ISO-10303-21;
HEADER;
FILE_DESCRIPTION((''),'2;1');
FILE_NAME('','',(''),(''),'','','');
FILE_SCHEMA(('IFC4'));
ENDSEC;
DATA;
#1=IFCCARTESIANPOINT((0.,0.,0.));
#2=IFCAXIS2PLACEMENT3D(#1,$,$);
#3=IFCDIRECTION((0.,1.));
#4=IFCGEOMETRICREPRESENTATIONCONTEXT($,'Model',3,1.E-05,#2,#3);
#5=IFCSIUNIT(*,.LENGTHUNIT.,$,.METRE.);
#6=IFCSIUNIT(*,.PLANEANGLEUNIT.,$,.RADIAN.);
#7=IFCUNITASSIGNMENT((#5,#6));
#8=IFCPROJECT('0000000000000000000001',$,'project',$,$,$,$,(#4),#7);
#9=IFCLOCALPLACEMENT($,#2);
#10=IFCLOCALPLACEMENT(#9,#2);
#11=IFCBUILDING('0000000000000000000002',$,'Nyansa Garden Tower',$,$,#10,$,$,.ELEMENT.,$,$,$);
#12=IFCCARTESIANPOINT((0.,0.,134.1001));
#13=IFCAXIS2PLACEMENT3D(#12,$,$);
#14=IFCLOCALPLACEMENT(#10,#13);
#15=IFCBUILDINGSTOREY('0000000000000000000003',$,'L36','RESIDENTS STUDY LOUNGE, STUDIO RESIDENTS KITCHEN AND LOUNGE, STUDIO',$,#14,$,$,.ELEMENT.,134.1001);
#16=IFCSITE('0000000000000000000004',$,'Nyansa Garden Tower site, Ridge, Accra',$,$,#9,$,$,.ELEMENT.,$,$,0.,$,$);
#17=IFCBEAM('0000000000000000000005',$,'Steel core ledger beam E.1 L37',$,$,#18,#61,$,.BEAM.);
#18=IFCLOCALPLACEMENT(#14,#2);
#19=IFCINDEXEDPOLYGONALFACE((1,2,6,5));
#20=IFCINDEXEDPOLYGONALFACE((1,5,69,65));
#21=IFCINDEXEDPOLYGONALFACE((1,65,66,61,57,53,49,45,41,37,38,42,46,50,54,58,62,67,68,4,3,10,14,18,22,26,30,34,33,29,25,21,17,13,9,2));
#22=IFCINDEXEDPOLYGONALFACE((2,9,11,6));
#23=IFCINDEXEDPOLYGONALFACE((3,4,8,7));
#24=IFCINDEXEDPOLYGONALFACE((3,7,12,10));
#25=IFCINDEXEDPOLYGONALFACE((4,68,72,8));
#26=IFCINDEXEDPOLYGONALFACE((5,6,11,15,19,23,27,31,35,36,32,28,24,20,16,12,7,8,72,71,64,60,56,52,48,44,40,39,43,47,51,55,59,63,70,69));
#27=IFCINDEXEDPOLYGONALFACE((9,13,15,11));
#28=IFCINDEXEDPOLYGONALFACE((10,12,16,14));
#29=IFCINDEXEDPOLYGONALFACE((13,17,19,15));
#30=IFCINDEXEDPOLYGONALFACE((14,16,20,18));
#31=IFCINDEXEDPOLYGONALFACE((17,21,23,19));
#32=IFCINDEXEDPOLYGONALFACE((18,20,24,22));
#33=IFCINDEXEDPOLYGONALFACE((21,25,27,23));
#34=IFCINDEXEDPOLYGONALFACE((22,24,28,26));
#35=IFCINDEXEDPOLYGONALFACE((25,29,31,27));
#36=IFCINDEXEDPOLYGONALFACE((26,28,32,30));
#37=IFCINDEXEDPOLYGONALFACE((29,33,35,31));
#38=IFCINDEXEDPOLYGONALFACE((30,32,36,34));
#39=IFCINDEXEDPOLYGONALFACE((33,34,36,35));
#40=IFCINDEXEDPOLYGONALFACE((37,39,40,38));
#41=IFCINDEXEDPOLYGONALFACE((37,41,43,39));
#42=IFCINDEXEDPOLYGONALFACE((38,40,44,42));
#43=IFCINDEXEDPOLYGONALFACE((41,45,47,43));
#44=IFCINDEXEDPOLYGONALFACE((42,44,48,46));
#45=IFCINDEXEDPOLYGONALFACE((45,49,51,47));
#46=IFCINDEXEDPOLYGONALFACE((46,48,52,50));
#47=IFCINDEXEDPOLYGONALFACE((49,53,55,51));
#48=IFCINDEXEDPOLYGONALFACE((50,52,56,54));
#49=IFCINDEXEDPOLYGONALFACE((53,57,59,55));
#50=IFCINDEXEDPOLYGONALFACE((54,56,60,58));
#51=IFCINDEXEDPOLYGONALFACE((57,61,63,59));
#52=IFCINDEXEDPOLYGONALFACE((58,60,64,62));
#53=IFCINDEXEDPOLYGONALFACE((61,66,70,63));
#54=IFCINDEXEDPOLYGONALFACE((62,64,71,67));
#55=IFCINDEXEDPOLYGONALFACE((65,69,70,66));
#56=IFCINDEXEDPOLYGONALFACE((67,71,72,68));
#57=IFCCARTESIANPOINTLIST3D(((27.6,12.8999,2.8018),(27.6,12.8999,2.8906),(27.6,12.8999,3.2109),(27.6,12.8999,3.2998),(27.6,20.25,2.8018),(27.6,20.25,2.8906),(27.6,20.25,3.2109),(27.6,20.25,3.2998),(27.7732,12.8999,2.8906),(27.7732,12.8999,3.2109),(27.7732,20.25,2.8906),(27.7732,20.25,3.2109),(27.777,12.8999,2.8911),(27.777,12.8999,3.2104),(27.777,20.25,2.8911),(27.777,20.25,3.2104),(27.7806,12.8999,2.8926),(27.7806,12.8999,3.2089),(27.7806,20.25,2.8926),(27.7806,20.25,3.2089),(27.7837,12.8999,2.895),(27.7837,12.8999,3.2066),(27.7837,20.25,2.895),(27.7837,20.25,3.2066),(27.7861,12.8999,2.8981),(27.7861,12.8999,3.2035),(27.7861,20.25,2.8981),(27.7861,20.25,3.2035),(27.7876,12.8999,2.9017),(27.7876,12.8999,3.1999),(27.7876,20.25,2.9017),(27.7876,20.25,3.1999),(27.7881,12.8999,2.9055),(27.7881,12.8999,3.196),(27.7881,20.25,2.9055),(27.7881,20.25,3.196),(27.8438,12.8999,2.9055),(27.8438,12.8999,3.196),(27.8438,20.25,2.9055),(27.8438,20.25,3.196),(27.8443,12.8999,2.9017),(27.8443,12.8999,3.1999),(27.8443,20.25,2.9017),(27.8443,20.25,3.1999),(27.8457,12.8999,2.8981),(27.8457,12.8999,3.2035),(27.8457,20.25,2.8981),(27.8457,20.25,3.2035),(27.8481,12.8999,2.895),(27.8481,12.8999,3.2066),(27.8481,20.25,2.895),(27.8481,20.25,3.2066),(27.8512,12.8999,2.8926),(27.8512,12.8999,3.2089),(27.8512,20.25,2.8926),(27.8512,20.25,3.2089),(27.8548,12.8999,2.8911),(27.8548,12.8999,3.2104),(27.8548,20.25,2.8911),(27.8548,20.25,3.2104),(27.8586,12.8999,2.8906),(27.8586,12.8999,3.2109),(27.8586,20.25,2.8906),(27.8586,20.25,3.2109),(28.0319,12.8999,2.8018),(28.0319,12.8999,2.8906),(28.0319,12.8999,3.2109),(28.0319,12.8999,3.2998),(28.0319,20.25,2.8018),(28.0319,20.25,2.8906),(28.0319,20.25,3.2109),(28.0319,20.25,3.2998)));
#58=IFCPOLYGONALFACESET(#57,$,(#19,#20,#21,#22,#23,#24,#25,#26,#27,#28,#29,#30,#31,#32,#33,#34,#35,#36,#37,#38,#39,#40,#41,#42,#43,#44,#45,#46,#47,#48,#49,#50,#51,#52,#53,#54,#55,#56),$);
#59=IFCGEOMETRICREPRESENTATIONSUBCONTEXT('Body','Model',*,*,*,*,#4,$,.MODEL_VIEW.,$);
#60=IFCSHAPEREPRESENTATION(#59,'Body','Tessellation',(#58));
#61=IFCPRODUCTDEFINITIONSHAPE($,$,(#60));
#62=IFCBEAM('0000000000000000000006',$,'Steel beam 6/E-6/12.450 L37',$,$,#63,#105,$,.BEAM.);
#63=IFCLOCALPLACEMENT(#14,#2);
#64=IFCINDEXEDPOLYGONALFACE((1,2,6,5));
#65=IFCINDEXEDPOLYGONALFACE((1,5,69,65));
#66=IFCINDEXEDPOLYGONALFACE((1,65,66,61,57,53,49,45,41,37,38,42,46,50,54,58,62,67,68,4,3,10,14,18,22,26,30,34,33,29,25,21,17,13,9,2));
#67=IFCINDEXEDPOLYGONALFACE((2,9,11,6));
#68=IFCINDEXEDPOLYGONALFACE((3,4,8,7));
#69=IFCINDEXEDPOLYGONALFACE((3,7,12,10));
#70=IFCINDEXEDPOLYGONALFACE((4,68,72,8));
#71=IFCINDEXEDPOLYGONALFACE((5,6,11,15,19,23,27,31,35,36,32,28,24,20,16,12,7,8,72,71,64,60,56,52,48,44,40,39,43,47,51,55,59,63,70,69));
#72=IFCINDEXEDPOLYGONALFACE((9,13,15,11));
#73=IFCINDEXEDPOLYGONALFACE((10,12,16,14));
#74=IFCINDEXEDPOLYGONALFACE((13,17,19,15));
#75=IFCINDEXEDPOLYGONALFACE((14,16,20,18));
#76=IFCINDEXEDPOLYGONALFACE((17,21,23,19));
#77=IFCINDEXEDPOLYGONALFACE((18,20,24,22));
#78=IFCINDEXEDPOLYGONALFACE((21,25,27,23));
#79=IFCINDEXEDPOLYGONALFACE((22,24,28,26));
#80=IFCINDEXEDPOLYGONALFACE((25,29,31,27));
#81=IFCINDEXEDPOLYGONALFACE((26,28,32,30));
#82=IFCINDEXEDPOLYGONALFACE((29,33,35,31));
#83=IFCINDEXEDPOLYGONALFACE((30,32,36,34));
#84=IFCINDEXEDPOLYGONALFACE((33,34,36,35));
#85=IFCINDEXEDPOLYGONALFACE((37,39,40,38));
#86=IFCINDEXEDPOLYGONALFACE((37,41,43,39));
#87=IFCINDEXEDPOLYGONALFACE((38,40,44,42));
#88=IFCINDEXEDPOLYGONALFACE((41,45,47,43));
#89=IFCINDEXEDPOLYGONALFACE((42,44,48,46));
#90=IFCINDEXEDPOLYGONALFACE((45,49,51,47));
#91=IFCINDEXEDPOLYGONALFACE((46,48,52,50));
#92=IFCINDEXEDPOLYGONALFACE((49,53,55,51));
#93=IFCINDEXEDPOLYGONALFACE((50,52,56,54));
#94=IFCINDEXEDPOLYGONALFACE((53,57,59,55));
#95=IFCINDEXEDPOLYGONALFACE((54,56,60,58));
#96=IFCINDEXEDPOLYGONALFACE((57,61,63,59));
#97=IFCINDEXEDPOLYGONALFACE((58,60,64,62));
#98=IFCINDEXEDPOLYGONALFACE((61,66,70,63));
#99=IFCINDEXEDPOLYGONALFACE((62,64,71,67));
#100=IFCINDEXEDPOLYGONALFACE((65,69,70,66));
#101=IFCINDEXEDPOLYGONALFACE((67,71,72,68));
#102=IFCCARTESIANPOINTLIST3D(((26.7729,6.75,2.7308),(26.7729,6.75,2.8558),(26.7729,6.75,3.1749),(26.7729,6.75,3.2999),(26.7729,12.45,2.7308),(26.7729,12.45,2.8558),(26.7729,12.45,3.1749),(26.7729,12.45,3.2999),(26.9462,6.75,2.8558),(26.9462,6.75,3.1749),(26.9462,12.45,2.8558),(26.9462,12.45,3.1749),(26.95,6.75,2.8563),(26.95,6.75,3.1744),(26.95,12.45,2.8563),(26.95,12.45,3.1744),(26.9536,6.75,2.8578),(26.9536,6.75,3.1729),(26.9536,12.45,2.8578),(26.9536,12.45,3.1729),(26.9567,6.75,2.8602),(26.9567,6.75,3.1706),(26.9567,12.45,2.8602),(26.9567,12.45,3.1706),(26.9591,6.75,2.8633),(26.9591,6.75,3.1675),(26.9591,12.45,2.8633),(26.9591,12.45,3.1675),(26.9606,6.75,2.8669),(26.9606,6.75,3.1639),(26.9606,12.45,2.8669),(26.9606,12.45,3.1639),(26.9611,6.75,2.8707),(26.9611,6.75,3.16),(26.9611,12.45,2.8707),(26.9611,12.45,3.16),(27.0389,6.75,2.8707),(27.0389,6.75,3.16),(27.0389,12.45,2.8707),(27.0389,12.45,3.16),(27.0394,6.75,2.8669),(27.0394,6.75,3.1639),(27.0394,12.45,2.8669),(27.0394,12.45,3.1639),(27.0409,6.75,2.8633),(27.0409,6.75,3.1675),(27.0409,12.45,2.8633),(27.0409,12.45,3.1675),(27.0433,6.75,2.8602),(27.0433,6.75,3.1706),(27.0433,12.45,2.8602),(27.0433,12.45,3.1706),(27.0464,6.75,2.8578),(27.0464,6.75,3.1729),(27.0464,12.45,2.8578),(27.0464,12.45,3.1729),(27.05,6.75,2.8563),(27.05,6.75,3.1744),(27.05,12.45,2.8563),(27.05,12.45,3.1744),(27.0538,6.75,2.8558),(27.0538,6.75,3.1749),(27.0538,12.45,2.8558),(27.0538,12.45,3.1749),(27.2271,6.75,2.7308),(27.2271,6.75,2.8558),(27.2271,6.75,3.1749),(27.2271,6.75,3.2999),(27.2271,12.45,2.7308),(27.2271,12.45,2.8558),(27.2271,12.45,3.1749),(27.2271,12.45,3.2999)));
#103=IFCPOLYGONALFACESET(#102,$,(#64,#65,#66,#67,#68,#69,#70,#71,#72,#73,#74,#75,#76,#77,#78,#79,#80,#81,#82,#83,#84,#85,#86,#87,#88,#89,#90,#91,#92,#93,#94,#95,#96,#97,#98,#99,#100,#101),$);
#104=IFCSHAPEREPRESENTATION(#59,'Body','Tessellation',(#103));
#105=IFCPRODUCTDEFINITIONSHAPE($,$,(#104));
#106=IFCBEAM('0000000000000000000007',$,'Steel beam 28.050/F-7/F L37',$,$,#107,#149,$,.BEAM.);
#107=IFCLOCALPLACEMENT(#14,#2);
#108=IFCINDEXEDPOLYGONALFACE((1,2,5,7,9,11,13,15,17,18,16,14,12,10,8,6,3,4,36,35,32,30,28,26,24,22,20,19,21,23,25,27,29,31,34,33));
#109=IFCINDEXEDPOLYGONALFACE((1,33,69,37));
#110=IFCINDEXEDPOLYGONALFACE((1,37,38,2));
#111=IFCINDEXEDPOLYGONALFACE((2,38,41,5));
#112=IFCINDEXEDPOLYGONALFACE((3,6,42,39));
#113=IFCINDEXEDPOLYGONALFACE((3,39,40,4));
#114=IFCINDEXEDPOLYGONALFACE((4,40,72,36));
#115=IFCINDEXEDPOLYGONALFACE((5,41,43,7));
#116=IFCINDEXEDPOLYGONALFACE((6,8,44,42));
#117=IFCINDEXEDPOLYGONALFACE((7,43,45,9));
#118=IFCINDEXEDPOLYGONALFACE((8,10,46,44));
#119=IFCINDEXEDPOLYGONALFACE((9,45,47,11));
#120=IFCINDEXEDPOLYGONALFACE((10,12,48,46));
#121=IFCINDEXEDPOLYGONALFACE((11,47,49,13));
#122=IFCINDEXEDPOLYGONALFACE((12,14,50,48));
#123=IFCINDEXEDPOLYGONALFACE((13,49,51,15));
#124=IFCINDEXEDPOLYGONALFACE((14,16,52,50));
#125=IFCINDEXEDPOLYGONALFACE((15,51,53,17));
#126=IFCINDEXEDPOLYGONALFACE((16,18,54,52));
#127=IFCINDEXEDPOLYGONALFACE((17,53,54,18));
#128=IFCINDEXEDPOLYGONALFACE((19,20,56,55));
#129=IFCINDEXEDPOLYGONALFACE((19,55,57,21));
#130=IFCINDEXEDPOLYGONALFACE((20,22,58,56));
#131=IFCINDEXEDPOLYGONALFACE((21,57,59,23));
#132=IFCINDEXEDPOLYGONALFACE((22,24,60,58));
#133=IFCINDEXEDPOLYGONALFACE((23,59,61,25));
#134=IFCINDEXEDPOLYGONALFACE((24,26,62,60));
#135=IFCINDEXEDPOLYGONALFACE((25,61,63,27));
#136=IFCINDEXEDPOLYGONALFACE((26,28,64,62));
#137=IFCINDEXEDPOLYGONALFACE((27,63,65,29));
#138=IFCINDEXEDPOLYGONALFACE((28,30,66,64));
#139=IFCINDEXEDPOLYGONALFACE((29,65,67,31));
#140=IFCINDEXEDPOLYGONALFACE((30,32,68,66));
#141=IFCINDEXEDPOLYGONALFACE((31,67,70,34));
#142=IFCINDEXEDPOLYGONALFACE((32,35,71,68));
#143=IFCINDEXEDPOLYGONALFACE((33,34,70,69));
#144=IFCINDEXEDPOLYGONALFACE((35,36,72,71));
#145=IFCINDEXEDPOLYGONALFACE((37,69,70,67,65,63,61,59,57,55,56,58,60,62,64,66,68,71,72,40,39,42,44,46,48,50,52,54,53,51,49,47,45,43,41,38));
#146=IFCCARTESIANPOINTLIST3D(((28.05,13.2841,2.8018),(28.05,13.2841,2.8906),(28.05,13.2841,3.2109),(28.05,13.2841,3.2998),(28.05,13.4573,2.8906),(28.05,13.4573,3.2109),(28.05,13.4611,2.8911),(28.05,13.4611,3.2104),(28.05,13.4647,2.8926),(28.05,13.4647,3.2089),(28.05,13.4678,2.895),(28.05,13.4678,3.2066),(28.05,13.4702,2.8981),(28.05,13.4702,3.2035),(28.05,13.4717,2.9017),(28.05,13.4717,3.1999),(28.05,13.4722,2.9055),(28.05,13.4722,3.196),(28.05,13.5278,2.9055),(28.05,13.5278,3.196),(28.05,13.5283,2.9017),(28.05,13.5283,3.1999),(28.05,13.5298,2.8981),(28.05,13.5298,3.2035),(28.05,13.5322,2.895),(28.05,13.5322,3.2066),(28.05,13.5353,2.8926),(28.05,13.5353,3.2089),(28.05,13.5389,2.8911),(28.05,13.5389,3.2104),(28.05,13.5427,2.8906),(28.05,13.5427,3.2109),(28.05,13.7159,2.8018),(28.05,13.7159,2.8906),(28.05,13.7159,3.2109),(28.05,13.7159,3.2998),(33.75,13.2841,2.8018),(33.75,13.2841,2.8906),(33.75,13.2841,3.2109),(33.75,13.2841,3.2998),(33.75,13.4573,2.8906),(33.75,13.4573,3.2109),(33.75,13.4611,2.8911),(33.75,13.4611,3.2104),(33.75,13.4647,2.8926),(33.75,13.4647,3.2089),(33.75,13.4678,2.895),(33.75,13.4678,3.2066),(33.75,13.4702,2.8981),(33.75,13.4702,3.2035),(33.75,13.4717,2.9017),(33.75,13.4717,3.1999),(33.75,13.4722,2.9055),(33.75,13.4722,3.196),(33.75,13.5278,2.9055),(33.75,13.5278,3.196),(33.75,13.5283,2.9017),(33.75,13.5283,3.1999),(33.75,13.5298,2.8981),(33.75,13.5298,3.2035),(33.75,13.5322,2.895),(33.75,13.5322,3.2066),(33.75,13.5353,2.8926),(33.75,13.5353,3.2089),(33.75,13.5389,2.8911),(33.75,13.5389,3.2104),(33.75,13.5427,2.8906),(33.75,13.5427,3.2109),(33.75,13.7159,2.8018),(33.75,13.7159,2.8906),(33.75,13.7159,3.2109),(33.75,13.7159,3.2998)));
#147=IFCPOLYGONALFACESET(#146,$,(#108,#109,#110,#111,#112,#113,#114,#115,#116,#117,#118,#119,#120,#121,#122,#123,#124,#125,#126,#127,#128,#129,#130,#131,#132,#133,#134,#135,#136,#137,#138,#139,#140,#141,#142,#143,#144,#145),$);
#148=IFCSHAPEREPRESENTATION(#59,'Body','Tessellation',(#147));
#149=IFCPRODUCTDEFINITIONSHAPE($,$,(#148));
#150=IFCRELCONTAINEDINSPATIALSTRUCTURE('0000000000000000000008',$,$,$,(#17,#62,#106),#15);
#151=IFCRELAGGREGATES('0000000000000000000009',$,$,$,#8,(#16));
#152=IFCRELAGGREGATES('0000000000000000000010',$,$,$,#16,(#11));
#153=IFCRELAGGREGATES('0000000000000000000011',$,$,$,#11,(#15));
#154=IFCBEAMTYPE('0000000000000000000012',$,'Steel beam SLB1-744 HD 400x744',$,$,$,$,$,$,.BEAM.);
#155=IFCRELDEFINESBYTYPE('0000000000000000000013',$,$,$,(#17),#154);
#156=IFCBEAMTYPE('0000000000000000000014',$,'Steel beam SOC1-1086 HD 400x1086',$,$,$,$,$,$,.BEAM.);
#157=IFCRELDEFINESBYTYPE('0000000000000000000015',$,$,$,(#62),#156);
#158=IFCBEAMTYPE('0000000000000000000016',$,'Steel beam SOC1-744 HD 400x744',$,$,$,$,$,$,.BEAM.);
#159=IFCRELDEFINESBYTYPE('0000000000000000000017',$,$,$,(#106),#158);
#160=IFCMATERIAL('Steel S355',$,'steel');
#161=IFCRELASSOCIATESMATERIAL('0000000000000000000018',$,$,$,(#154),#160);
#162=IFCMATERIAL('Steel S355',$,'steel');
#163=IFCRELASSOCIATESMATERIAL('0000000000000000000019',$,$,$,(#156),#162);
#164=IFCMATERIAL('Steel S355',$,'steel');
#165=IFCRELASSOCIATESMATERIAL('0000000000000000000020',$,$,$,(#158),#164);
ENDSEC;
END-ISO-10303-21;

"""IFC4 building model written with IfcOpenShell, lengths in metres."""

from ifc_helpers import new_model, si_unit, direction, frame, origin, origin_2d, place, context, subcontext, project, spatial, i_section, extrude, material, material_profile, profile_set, type_object, element, save


model = new_model("IFC4")

# Units and contexts
model_context = context("Model", 3, precision=1e-05, world=origin(), true_north=direction((0.0, 1.0)))
body_context = subcontext(model_context, "Body", "Model", "MODEL_VIEW")
ifc_project = project(units=[si_unit("LENGTHUNIT", "METRE"), si_unit("PLANEANGLEUNIT", "RADIAN")], contexts=[model_context])

# Site, building, storey
site_placement = place(None, origin())
site = spatial("IfcSite", under=ifc_project, at=site_placement, Name="Nyansa Garden Tower site, Ridge, Accra", CompositionType="ELEMENT", RefElevation=0.0)
building_placement = place(site_placement, origin())
building = spatial("IfcBuilding", under=site, at=building_placement, Name="Nyansa Garden Tower", CompositionType="ELEMENT")
storey_placement = place(building_placement, frame((0.0, 0.0, 134.1001)))
storey = spatial("IfcBuildingStorey", under=building, at=storey_placement, Name="L36", Description="RESIDENTS STUDY LOUNGE, STUDIO RESIDENTS KITCHEN AND LOUNGE, STUDIO", CompositionType="ELEMENT", Elevation=134.1001)

# Beams
ifc_material_1 = material(Name="Steel S355", Category="steel")
ifc_material_profile_1 = material_profile(ifc_material_1, i_section(OverallWidth=0.4319, OverallDepth=0.498, WebThickness=0.0557, FlangeThickness=0.0889, FilletRadius=0.0149, at=origin_2d()), Name="HD 400x744")
ifc_profile_set_1 = profile_set([ifc_material_profile_1], Name="Steel S355")
beam_type_1 = type_object("IfcBeamType", Name="Steel beam SLB1-744 HD 400x744", PredefinedType="BEAM", material=ifc_profile_set_1)
beam_1_placement = place(storey_placement, frame((27.8159, 12.8999, 3.0508), z_axis=(0.0, 1.0, 0.0), x_axis=(-1.0, 0.0, 0.0)))
element("IfcBeam", 1, at=beam_1_placement, inside=storey, type_object=beam_type_1, Name="Steel core ledger beam E.1 L37", PredefinedType="BEAM", context=body_context, shape_type="SweptSolid", body=[
    extrude(i_section(OverallWidth=0.4319, OverallDepth=0.498, WebThickness=0.0557, FlangeThickness=0.0889, FilletRadius=0.0149, at=origin_2d()), origin(), (0.0, 0.0, 1.0), 7.3501),
])
ifc_material_2 = material(Name="Steel S355", Category="steel")
ifc_material_profile_2 = material_profile(ifc_material_2, i_section(OverallWidth=0.4541, OverallDepth=0.5691, WebThickness=0.0779, FlangeThickness=0.125, FilletRadius=0.0149, at=origin_2d()), Name="HD 400x1086")
ifc_profile_set_2 = profile_set([ifc_material_profile_2], Name="Steel S355")
beam_type_2 = type_object("IfcBeamType", Name="Steel beam SOC1-1086 HD 400x1086", PredefinedType="BEAM", material=ifc_profile_set_2)
beam_2_placement = place(storey_placement, frame((27.0, 6.75, 3.0154), z_axis=(0.0, 1.0, 0.0), x_axis=(-1.0, 0.0, 0.0)))
element("IfcBeam", 2, at=beam_2_placement, inside=storey, type_object=beam_type_2, Name="Steel beam 6/E-6/12.450 L37", PredefinedType="BEAM", context=body_context, shape_type="SweptSolid", body=[
    extrude(i_section(OverallWidth=0.4541, OverallDepth=0.5691, WebThickness=0.0779, FlangeThickness=0.125, FilletRadius=0.0149, at=origin_2d()), origin(), (0.0, 0.0, 1.0), 5.7),
])
ifc_material_3 = material(Name="Steel S355", Category="steel")
ifc_material_profile_3 = material_profile(ifc_material_3, i_section(OverallWidth=0.4319, OverallDepth=0.498, WebThickness=0.0557, FlangeThickness=0.0889, FilletRadius=0.0149, at=origin_2d()), Name="HD 400x744")
ifc_profile_set_3 = profile_set([ifc_material_profile_3], Name="Steel S355")
beam_type_3 = type_object("IfcBeamType", Name="Steel beam SOC1-744 HD 400x744", PredefinedType="BEAM", material=ifc_profile_set_3)
beam_3_placement = place(storey_placement, frame((28.05, 13.5, 3.0508), z_axis=(1.0, 0.0, 0.0), x_axis=(0.0, 1.0, 0.0)))
element("IfcBeam", 3, at=beam_3_placement, inside=storey, type_object=beam_type_3, Name="Steel beam 28.050/F-7/F L37", PredefinedType="BEAM", context=body_context, shape_type="SweptSolid", body=[
    extrude(i_section(OverallWidth=0.4319, OverallDepth=0.498, WebThickness=0.0557, FlangeThickness=0.0889, FilletRadius=0.0149, at=origin_2d()), origin(), (0.0, 0.0, 1.0), 5.7),
])

save(model, "model.ifc")
